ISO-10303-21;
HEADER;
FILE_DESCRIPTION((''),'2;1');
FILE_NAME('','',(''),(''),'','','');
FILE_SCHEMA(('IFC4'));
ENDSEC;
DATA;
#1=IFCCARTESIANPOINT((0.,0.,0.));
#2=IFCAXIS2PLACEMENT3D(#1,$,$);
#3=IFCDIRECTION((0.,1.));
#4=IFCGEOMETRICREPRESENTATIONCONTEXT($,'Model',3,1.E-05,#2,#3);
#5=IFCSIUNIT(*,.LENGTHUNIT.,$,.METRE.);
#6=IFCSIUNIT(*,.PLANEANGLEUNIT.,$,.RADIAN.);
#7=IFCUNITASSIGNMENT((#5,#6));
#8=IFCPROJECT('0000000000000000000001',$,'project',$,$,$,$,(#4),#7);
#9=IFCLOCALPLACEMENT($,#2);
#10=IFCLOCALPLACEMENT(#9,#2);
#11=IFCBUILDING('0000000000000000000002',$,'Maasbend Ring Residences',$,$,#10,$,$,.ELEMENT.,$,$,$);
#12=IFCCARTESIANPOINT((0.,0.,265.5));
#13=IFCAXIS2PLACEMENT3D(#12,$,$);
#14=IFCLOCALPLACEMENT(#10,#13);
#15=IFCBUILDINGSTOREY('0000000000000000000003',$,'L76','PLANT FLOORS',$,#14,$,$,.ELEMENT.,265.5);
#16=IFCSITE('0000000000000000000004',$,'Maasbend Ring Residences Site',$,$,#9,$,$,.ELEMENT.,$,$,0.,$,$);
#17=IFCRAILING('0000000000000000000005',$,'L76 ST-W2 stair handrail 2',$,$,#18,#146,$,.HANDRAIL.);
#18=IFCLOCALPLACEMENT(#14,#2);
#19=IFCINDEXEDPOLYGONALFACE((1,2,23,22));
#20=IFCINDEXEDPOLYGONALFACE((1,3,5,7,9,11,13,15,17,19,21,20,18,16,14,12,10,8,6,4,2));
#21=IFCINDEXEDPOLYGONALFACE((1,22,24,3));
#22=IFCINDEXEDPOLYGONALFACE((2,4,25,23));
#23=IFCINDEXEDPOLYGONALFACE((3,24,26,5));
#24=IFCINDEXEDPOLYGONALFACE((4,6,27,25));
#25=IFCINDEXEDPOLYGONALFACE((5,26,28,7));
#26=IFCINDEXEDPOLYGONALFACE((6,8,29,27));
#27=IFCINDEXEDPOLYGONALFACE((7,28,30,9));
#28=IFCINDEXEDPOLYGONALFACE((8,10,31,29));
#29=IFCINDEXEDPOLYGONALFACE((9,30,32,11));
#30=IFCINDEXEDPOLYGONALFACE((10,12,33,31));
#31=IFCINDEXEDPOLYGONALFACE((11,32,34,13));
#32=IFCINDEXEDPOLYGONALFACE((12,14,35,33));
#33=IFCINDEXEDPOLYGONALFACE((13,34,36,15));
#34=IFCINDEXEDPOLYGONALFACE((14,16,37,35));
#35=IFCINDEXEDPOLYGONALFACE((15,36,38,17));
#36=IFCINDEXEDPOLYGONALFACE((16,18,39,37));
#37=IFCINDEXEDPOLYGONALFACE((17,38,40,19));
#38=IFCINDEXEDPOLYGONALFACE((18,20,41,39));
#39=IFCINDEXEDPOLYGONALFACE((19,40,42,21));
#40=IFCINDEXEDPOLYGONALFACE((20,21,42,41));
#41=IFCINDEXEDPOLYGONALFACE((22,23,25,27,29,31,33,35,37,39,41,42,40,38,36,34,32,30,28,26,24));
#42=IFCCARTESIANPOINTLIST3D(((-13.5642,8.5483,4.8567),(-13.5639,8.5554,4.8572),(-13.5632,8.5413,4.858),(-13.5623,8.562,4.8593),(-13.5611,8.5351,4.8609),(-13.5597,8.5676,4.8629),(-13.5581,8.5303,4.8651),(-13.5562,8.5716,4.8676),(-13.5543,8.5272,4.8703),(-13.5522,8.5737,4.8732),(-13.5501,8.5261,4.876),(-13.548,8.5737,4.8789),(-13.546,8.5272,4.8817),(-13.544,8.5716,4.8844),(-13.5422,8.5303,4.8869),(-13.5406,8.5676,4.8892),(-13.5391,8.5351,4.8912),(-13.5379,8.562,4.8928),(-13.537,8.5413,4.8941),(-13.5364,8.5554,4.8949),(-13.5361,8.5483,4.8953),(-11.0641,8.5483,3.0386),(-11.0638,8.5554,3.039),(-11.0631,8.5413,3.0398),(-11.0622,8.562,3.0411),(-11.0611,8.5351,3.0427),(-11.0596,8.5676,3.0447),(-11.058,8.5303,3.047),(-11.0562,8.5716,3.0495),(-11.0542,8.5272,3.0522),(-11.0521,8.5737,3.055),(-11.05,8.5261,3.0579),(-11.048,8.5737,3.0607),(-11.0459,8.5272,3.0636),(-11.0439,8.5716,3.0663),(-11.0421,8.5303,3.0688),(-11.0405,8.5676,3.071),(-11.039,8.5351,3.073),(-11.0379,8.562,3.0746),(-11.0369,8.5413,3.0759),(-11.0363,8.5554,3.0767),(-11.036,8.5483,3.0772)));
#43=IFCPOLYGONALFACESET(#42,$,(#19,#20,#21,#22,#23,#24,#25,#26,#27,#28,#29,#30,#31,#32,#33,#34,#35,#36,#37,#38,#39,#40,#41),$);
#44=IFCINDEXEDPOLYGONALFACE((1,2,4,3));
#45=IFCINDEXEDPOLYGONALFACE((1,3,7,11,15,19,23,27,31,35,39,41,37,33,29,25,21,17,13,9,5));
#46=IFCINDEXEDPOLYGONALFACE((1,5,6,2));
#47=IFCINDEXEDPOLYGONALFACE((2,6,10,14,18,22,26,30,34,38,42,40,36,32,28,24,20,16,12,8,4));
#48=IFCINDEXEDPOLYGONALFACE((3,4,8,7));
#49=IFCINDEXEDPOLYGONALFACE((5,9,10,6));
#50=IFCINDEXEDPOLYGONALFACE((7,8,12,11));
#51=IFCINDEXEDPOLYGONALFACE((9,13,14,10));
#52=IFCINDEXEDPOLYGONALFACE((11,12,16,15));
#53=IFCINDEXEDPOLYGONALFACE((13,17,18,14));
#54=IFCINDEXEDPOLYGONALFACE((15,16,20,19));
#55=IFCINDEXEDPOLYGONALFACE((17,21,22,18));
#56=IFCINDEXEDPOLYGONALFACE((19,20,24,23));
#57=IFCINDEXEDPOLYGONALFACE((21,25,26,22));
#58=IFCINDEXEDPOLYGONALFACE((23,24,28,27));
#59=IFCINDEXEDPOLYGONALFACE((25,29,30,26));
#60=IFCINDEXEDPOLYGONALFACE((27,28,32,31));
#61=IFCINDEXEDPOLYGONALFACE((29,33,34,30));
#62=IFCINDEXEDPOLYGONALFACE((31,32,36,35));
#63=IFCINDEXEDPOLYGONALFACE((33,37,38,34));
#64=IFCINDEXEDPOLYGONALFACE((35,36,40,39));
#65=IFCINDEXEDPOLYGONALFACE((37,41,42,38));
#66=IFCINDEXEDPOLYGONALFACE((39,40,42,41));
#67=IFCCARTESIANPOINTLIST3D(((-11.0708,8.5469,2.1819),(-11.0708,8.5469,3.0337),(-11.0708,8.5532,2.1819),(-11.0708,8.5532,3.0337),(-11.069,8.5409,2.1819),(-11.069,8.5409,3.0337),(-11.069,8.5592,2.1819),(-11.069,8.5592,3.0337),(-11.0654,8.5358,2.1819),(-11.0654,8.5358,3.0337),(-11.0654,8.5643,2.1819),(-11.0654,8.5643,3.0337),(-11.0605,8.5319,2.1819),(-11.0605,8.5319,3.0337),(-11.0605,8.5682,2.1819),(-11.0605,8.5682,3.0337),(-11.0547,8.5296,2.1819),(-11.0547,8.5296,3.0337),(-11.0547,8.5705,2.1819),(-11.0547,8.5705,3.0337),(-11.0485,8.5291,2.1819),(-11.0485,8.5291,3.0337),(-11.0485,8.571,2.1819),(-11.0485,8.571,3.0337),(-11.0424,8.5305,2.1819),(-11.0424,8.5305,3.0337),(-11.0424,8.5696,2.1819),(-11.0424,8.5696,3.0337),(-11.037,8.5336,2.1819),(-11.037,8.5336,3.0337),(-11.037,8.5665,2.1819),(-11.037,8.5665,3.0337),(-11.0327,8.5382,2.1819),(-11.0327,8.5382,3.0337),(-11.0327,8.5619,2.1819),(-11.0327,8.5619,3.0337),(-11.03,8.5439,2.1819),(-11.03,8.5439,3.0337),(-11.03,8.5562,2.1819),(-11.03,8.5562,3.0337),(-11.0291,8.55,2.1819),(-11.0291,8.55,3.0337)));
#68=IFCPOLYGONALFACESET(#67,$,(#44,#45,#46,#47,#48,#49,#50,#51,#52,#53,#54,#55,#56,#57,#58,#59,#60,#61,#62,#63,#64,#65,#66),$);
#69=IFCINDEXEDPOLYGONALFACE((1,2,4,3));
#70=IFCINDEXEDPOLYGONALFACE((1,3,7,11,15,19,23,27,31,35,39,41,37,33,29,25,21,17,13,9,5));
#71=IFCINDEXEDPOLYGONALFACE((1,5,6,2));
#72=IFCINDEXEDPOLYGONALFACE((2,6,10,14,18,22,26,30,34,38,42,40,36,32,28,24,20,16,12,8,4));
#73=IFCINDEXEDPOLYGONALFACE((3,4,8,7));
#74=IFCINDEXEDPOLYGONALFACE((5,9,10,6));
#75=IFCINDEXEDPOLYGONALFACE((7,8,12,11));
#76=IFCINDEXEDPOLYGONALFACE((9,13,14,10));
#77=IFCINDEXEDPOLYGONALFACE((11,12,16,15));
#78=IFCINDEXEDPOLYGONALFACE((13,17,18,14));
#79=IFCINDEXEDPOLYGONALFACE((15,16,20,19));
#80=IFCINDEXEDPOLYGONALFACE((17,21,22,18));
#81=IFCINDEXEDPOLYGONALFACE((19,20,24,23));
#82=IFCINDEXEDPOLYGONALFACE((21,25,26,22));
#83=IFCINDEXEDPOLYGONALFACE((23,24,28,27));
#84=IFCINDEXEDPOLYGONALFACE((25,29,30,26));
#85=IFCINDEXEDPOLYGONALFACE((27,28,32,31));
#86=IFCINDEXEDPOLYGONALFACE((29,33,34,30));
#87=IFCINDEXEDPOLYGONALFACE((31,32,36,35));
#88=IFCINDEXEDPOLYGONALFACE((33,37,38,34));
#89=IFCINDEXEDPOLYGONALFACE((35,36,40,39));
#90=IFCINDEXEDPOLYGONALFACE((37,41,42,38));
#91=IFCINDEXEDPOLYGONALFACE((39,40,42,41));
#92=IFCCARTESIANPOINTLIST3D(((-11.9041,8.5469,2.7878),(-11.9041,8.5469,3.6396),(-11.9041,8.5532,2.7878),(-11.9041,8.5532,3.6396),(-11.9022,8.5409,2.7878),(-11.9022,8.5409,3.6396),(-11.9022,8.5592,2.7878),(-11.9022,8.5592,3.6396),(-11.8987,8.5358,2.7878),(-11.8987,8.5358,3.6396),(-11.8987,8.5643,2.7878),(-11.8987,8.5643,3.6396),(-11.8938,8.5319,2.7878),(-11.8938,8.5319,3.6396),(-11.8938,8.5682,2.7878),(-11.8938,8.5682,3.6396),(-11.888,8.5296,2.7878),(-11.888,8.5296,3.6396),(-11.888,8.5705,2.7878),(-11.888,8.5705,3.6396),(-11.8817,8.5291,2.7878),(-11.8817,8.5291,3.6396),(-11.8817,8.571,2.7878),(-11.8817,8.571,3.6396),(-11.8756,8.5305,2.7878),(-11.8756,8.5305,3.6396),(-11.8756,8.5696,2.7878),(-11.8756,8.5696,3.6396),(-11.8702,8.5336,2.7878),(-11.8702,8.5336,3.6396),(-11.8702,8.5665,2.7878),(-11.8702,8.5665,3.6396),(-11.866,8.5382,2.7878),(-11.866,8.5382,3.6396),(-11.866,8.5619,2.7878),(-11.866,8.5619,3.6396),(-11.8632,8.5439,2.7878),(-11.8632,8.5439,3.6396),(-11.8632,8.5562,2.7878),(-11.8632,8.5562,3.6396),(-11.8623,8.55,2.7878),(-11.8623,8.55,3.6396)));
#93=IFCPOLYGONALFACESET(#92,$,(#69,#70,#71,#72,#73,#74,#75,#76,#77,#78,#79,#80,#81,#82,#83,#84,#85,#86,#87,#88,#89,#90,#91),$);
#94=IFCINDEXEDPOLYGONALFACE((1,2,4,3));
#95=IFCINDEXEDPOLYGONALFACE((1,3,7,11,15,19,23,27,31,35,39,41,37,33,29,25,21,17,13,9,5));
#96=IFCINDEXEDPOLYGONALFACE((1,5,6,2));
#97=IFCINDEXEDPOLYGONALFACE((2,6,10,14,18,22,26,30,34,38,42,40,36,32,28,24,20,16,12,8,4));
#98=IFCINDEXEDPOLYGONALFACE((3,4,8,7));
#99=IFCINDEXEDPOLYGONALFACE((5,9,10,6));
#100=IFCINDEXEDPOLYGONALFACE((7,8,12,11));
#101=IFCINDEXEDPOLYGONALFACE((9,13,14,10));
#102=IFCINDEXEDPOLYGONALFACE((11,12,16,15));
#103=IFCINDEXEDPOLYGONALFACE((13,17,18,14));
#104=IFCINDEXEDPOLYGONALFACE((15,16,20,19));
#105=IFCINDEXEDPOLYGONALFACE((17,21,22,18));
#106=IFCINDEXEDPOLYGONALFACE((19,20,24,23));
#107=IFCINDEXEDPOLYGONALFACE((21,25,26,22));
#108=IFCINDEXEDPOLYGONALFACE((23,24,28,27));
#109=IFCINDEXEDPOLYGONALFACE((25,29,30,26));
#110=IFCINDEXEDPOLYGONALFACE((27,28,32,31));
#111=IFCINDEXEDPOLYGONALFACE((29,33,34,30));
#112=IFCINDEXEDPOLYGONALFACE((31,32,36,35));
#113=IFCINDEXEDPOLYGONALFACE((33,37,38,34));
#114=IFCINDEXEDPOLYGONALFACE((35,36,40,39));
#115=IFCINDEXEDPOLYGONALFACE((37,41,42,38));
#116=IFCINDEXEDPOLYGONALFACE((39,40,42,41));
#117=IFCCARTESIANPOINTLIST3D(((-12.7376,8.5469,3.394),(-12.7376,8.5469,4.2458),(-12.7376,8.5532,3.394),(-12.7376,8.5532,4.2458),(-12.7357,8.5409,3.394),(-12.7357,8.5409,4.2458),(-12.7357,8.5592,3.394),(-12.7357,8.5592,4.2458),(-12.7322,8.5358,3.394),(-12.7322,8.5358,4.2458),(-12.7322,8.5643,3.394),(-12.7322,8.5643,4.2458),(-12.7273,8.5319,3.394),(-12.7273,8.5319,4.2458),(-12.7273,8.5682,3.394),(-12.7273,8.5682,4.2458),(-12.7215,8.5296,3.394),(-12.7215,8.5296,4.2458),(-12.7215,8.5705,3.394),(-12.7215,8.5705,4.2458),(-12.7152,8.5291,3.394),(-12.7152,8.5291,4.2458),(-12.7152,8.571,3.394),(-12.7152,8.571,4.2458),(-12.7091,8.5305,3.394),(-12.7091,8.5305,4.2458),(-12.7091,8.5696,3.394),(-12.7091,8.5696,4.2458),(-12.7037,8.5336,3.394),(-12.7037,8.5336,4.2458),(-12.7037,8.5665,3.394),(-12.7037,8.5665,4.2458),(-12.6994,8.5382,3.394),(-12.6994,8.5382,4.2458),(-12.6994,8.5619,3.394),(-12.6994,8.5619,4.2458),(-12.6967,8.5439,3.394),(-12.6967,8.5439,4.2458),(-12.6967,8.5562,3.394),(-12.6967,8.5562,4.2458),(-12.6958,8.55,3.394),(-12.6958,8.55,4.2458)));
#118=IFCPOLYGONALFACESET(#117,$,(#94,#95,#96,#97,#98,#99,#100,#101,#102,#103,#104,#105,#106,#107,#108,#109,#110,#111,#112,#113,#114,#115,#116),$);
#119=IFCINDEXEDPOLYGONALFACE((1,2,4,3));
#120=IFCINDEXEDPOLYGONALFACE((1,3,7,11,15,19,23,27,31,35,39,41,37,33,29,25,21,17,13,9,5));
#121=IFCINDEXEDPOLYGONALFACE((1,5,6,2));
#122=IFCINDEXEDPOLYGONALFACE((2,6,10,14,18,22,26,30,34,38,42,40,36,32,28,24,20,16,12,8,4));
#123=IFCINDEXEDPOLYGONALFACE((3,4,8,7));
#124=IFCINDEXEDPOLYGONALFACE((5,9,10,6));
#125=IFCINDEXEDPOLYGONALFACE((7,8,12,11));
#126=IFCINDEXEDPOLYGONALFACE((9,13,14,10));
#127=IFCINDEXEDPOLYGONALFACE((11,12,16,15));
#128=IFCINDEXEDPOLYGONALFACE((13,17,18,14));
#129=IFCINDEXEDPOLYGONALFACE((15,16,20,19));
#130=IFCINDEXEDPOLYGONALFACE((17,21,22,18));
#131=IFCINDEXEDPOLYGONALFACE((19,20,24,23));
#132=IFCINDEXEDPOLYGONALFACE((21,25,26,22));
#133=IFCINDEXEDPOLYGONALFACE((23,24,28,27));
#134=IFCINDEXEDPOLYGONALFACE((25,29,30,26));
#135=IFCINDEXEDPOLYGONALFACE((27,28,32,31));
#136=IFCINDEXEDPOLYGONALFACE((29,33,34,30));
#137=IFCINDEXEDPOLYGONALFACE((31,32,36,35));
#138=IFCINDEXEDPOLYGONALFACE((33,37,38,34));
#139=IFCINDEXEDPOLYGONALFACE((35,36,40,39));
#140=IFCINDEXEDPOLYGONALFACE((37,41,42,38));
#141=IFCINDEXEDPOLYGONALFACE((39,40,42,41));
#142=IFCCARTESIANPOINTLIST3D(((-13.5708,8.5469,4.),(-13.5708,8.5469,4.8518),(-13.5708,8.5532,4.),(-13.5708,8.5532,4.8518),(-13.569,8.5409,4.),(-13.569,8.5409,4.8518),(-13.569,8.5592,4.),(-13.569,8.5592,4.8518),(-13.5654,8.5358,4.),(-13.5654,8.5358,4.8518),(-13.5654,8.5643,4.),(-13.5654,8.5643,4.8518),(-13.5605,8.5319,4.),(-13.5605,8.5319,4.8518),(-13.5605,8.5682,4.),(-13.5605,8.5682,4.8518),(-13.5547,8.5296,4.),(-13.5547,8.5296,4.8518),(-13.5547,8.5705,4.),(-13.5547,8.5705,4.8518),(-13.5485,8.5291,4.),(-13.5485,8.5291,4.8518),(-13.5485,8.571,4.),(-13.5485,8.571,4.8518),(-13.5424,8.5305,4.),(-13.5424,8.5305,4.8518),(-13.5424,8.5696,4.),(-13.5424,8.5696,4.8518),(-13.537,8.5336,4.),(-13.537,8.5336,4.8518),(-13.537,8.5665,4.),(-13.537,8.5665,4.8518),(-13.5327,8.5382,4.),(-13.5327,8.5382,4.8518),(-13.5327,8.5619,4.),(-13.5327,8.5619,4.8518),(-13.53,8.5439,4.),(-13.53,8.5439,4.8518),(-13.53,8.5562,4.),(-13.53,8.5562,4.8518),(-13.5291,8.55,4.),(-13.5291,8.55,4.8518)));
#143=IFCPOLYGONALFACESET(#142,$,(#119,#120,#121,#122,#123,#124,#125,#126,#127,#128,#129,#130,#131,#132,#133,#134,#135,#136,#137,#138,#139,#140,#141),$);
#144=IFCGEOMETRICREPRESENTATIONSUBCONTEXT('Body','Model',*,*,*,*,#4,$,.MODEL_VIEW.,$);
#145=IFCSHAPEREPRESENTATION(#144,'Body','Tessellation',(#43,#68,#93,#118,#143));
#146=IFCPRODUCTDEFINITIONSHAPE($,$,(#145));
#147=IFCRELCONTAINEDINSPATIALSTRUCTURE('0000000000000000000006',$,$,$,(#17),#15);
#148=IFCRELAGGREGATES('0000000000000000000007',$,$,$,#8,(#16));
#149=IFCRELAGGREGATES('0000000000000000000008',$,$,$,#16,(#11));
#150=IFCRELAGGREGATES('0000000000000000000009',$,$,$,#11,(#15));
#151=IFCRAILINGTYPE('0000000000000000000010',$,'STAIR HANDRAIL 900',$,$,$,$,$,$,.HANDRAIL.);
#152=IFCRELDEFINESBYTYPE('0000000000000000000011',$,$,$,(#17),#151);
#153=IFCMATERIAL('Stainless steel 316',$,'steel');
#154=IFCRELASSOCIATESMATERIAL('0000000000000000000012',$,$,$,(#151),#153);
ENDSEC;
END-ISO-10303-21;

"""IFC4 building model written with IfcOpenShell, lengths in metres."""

from ifc_helpers import new_model, si_unit, direction, frame, origin, origin_2d, place, context, subcontext, project, spatial, circle, extrude, material, type_object, element, save


model = new_model("IFC4")

# Units and contexts
model_context = context("Model", 3, precision=1e-05, world=origin(), true_north=direction((0.0, 1.0)))
body_context = subcontext(model_context, "Body", "Model", "MODEL_VIEW")
ifc_project = project(units=[si_unit("LENGTHUNIT", "METRE"), si_unit("PLANEANGLEUNIT", "RADIAN")], contexts=[model_context])

# Site, building, storey
site_placement = place(None, origin())
site = spatial("IfcSite", under=ifc_project, at=site_placement, Name="Maasbend Ring Residences Site", CompositionType="ELEMENT", RefElevation=0.0)
building_placement = place(site_placement, origin())
building = spatial("IfcBuilding", under=site, at=building_placement, Name="Maasbend Ring Residences", CompositionType="ELEMENT")
storey_placement = place(building_placement, frame((0.0, 0.0, 265.5)))
storey = spatial("IfcBuildingStorey", under=building, at=storey_placement, Name="L76", Description="PLANT FLOORS", CompositionType="ELEMENT", Elevation=265.5)

# Railing
ifc_material_1 = material(Name="Stainless steel 316", Category="steel")
railing_type = type_object("IfcRailingType", Name="STAIR HANDRAIL 900", PredefinedType="HANDRAIL", material=ifc_material_1)
railing_placement = place(storey_placement, frame((-11.05, 8.55, 2.1819)))
element("IfcRailing", 1, at=railing_placement, inside=storey, type_object=railing_type, Name="L76 ST-W2 stair handrail 2", PredefinedType="HANDRAIL", context=body_context, shape_type="SweptSolid", body=[
    extrude(circle(Radius=0.0239, at=origin_2d()), frame((0.0, 0.0, 0.876), z_axis=(-0.808746, 0.0, 0.588158), x_axis=(0.0, -1.0, 0.0)), (0.0, 0.0, 1.0), 3.0913),
    extrude(circle(Radius=0.021, at=origin_2d()), origin(), (0.0, 0.0, 1.0), 0.8518),
    extrude(circle(Radius=0.021, at=origin_2d()), frame((-0.8333, 0.0, 0.606)), (0.0, 0.0, 1.0), 0.8518),
    extrude(circle(Radius=0.021, at=origin_2d()), frame((-1.6667, 0.0, 1.2122)), (0.0, 0.0, 1.0), 0.8518),
    extrude(circle(Radius=0.021, at=origin_2d()), frame((-2.5, 0.0, 1.8181)), (0.0, 0.0, 1.0), 0.8518),
])

save(model, "model.ifc")
